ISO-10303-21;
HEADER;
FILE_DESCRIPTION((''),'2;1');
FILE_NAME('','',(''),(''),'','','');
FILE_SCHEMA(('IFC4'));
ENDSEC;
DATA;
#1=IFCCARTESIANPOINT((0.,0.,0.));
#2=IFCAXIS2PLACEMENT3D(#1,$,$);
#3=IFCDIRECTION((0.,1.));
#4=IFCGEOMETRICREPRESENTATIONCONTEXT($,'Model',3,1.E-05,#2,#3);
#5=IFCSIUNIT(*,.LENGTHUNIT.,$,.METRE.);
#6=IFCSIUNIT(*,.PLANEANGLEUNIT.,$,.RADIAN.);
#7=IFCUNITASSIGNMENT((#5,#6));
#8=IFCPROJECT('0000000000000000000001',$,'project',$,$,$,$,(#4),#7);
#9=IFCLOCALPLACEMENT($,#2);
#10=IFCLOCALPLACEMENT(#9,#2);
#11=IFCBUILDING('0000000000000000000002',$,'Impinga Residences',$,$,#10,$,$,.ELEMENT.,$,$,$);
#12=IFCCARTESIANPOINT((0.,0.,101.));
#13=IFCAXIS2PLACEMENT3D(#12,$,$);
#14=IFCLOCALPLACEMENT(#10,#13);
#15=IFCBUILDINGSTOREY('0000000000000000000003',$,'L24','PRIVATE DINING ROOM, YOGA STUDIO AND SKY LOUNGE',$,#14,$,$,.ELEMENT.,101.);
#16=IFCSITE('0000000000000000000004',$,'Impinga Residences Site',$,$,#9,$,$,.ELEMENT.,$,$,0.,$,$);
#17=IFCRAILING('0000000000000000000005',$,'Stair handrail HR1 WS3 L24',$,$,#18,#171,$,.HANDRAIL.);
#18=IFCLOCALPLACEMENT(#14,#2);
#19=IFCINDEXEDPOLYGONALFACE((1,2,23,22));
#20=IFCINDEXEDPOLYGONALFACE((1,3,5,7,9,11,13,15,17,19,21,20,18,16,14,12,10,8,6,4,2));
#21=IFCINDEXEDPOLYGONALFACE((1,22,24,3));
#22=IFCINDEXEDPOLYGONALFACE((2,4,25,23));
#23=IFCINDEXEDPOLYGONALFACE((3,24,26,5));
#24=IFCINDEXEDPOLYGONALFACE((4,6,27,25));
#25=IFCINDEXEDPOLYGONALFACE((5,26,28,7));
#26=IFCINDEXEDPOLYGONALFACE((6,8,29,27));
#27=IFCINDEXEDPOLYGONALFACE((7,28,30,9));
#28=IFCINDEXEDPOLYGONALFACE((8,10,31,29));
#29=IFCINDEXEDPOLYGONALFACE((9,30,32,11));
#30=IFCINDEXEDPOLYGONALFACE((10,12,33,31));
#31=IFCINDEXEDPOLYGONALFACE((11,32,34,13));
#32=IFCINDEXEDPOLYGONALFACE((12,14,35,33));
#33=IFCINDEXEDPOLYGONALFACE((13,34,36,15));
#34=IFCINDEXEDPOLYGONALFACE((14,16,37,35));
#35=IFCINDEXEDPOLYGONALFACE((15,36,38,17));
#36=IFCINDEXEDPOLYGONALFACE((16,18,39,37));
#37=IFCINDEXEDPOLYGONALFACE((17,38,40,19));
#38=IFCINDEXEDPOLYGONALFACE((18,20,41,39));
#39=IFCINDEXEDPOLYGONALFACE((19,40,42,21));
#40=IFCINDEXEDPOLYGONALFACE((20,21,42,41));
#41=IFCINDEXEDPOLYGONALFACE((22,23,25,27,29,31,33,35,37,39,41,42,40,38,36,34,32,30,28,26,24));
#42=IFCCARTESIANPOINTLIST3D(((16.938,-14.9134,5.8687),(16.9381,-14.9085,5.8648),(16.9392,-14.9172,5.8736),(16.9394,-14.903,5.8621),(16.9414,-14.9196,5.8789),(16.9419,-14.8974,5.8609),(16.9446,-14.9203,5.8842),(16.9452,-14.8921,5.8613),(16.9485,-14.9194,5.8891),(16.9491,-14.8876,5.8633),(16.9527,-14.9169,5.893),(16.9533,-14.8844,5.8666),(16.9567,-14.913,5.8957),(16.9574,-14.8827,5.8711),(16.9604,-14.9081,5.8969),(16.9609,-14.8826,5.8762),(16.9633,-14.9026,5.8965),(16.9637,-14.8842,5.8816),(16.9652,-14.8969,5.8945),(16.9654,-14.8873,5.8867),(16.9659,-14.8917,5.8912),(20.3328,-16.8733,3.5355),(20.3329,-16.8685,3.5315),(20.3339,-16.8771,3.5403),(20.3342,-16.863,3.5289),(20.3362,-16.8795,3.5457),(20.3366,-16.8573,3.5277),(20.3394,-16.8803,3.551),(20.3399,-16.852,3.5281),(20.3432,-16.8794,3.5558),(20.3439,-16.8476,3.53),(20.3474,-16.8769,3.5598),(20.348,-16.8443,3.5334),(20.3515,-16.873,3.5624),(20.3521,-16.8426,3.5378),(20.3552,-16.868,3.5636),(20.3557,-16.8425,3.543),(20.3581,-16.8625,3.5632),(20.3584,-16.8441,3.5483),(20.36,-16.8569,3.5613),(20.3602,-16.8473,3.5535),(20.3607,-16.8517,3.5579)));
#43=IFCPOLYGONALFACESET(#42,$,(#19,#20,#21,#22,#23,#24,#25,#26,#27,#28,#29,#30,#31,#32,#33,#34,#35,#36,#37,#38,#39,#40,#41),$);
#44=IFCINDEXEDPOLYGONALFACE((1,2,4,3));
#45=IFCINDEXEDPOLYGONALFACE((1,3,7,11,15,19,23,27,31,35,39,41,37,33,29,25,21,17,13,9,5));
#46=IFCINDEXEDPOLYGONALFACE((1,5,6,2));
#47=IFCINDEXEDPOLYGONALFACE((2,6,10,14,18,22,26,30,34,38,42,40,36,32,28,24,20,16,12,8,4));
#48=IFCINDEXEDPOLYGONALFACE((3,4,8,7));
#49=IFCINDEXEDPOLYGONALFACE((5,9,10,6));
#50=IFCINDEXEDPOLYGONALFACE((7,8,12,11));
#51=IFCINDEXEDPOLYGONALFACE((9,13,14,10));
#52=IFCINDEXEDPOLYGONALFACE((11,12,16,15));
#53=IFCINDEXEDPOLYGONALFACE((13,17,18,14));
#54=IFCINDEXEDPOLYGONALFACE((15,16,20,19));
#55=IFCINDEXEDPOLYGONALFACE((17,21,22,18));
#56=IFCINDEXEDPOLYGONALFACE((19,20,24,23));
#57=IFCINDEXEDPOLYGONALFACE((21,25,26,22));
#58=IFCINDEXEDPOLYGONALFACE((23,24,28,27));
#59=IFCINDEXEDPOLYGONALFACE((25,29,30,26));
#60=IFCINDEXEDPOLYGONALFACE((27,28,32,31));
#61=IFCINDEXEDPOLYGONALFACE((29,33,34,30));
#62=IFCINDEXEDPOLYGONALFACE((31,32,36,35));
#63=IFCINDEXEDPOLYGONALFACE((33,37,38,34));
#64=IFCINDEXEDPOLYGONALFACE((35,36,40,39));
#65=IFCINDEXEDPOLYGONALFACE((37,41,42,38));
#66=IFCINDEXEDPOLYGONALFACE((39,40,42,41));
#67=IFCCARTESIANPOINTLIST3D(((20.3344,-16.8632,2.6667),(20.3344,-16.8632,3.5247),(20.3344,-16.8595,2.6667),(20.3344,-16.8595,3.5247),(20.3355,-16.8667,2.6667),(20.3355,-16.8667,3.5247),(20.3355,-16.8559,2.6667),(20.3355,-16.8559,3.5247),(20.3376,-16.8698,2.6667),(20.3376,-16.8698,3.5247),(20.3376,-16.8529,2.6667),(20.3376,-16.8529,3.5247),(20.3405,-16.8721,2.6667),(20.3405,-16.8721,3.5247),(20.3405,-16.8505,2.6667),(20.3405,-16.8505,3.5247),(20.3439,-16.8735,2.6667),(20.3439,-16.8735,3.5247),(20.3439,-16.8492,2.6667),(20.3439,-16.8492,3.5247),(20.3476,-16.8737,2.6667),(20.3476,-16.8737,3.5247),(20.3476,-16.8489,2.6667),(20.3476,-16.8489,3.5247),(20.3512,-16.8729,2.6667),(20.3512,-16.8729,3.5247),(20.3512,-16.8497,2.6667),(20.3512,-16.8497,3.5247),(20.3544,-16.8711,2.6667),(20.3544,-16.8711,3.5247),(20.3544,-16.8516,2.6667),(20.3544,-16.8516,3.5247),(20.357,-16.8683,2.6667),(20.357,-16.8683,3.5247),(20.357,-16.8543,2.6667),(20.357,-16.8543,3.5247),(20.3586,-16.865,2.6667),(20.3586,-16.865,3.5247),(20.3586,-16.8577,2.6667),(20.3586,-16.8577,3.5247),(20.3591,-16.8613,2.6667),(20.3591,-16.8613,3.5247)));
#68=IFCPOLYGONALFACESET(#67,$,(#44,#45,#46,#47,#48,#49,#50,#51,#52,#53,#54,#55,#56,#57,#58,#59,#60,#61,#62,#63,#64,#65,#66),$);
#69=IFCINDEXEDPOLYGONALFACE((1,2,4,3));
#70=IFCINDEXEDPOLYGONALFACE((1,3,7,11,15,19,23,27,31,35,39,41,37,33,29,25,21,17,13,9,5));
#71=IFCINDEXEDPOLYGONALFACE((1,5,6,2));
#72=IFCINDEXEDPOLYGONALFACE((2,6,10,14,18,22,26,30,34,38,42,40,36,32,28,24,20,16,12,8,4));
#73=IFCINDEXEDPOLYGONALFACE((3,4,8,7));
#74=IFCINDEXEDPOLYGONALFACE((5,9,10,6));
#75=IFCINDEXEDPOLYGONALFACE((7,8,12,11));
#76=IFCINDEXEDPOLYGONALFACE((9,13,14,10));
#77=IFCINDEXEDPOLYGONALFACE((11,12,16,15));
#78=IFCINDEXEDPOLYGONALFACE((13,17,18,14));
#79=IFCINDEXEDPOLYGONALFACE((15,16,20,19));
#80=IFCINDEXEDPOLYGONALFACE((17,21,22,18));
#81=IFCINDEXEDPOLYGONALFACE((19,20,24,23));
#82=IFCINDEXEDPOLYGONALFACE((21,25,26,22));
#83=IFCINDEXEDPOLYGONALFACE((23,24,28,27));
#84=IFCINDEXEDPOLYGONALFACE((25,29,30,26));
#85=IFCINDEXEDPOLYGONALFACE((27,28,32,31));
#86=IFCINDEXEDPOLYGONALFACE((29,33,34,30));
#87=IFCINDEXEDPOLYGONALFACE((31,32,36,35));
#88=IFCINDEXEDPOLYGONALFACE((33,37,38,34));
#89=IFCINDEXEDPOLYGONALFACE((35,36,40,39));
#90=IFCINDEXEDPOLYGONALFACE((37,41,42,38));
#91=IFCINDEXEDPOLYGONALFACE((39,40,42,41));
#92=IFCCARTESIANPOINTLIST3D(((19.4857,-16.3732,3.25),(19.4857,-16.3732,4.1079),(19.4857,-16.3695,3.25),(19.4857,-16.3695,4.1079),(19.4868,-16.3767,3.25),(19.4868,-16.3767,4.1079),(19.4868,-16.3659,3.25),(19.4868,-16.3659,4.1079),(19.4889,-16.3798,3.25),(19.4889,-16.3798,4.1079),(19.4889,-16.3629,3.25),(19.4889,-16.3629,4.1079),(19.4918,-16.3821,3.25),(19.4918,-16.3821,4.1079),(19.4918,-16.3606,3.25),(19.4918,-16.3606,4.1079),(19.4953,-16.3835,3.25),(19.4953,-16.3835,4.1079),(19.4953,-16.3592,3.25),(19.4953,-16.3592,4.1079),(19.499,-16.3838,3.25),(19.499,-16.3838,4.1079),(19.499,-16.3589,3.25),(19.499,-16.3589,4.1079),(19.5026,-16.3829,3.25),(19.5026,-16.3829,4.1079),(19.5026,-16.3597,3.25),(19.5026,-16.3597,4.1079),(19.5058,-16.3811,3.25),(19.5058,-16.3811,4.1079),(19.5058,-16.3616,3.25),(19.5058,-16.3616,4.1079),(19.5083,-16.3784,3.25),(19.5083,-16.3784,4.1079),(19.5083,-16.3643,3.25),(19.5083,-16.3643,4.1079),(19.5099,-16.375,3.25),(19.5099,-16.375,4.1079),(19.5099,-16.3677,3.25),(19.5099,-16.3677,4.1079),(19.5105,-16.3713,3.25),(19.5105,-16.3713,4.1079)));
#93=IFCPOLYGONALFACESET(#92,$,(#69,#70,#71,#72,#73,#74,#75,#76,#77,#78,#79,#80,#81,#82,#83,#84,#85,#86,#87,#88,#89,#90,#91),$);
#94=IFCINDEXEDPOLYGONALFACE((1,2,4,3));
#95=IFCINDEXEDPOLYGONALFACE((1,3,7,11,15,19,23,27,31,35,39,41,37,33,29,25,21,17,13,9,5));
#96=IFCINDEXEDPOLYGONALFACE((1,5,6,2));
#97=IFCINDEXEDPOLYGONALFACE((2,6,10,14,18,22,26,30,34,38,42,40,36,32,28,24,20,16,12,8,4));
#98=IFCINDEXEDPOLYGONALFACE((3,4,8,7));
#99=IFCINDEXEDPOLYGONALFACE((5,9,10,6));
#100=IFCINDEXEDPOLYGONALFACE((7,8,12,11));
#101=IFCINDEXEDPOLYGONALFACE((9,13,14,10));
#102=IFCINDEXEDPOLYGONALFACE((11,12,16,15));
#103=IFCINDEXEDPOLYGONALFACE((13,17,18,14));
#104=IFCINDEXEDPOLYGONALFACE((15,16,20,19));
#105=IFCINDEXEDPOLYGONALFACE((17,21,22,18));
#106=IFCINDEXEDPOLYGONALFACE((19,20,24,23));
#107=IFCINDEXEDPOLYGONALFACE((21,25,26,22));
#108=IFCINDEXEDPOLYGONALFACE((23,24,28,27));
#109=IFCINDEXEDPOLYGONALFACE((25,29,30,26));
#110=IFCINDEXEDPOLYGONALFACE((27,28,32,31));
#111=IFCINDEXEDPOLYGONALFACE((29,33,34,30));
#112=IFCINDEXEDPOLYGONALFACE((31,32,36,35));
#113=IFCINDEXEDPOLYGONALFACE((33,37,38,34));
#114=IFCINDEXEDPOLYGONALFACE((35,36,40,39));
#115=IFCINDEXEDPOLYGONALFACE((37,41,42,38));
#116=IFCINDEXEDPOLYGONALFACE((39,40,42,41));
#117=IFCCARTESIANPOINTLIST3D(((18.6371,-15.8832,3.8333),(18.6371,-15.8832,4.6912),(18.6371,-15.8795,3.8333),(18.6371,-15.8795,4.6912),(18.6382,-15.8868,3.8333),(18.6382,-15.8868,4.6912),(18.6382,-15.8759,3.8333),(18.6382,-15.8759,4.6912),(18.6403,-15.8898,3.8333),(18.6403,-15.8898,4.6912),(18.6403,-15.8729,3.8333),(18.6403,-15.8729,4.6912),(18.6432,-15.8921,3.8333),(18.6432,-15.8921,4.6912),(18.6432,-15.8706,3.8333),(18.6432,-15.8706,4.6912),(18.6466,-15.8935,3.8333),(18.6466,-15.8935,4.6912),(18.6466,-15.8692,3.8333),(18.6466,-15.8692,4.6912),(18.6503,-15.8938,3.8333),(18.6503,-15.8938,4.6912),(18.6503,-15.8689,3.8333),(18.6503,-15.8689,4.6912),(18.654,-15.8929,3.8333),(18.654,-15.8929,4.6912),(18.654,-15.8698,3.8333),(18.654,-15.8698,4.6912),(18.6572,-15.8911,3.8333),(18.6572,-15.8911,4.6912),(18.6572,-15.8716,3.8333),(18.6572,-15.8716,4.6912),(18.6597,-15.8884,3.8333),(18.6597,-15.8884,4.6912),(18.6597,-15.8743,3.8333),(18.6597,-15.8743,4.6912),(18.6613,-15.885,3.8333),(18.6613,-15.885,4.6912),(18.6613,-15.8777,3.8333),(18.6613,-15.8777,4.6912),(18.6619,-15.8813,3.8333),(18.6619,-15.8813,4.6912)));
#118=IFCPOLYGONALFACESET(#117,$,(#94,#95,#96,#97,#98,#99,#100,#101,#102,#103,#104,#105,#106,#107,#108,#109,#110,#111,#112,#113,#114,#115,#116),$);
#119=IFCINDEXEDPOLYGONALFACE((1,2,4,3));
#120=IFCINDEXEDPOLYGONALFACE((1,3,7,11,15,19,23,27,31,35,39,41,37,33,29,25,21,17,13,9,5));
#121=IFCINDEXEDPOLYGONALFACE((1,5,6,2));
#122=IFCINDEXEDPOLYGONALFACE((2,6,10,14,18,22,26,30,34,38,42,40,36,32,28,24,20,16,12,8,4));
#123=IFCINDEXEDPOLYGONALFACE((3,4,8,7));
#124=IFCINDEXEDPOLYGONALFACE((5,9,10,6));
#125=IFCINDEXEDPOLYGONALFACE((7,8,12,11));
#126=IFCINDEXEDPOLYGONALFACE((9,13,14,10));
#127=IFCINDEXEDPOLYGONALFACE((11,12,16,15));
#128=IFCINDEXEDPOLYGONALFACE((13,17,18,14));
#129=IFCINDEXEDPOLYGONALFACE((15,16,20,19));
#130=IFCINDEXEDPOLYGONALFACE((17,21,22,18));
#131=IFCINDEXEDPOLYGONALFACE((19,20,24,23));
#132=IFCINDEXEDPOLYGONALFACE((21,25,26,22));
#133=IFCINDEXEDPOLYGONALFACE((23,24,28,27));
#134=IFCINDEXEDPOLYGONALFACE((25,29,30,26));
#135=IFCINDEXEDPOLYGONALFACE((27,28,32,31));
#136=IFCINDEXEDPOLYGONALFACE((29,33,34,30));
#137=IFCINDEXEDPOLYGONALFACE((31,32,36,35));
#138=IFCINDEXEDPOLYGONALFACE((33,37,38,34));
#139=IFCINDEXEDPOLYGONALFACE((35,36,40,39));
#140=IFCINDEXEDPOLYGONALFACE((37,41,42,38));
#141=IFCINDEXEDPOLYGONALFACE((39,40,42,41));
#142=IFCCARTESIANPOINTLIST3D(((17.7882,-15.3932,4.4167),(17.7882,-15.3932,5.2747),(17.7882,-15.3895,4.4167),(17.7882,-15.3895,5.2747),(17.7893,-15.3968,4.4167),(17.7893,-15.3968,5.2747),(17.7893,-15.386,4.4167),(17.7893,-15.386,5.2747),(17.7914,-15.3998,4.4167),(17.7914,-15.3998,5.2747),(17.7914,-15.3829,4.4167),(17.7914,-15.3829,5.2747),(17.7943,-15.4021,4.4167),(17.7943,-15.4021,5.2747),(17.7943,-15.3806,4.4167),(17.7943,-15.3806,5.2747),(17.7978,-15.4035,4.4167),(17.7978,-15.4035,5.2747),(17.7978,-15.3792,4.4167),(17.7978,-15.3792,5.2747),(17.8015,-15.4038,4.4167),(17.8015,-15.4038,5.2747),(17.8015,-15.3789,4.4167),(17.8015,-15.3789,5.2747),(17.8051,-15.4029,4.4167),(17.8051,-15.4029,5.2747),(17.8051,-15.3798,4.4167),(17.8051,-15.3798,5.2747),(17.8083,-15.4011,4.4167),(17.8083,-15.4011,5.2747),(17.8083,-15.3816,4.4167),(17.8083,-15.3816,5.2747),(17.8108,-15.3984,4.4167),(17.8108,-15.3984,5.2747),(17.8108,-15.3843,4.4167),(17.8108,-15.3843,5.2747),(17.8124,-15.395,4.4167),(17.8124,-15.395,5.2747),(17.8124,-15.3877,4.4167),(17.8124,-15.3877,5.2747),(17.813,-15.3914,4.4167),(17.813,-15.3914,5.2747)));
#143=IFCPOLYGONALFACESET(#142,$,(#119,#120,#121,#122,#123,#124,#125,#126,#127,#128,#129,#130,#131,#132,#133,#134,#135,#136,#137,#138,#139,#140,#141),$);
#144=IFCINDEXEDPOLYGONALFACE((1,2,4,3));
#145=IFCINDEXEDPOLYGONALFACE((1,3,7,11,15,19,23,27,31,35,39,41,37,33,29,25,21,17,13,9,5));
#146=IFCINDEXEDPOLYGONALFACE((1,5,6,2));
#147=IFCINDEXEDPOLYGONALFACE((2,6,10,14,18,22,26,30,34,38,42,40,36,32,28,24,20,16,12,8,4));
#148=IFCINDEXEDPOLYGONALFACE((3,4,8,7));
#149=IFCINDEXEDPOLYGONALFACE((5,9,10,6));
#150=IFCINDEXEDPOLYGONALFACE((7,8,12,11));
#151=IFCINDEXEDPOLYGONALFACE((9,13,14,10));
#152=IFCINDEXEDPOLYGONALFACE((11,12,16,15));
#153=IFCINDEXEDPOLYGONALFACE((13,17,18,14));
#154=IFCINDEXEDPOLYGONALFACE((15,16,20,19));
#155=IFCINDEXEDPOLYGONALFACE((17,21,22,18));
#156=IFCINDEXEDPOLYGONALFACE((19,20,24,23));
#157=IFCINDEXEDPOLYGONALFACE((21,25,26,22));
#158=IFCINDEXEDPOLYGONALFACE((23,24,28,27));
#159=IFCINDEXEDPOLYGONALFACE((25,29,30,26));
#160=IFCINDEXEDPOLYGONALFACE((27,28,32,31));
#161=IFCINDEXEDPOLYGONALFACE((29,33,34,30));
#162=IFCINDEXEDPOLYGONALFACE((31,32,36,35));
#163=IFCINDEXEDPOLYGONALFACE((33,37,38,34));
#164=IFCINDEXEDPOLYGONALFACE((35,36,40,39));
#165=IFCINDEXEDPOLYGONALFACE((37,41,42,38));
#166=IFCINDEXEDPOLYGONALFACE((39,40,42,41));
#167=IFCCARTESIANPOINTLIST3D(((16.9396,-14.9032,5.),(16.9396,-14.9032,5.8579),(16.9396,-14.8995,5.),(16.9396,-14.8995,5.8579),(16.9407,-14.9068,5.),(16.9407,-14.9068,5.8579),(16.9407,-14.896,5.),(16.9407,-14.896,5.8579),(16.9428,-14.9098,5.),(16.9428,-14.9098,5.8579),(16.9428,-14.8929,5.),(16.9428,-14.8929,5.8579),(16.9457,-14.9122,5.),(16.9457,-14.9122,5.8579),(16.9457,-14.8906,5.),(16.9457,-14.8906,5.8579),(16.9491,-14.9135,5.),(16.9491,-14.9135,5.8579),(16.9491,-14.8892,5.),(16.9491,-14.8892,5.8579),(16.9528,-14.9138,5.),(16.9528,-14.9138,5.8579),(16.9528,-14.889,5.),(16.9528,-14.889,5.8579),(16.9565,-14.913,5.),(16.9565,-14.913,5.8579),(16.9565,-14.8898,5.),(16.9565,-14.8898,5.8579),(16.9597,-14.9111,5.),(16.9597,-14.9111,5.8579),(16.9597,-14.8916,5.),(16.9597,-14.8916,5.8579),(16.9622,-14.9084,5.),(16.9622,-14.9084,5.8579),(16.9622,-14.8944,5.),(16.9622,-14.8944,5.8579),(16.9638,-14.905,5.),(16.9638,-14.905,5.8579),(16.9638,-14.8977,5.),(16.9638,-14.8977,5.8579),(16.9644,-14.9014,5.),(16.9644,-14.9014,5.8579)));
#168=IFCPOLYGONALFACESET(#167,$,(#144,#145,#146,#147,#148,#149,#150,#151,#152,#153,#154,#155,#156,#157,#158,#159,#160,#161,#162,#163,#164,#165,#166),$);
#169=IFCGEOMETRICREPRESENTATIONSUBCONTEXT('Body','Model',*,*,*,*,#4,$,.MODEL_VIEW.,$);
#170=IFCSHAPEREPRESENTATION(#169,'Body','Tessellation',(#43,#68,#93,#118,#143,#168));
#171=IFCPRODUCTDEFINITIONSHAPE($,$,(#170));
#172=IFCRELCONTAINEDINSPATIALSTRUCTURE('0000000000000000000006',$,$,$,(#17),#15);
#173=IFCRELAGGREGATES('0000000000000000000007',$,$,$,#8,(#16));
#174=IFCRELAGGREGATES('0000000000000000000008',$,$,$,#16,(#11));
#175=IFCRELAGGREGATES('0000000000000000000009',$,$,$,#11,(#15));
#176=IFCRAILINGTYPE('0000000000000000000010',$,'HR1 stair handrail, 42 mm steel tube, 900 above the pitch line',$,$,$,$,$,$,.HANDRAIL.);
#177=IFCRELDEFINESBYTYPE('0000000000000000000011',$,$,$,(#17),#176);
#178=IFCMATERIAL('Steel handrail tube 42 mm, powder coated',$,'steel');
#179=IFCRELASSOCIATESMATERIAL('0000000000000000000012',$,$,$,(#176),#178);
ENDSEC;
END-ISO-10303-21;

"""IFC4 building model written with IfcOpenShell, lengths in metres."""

from ifc_helpers import new_model, si_unit, direction, frame, origin, origin_2d, place, context, subcontext, project, spatial, circle, extrude, material, type_object, element, save


model = new_model("IFC4")

# Units and contexts
model_context = context("Model", 3, precision=1e-05, world=origin(), true_north=direction((0.0, 1.0)))
body_context = subcontext(model_context, "Body", "Model", "MODEL_VIEW")
ifc_project = project(units=[si_unit("LENGTHUNIT", "METRE"), si_unit("PLANEANGLEUNIT", "RADIAN")], contexts=[model_context])

# Site, building, storey
site_placement = place(None, origin())
site = spatial("IfcSite", under=ifc_project, at=site_placement, Name="Impinga Residences Site", CompositionType="ELEMENT", RefElevation=0.0)
building_placement = place(site_placement, origin())
building = spatial("IfcBuilding", under=site, at=building_placement, Name="Impinga Residences", CompositionType="ELEMENT")
storey_placement = place(building_placement, frame((0.0, 0.0, 101.0)))
storey = spatial("IfcBuildingStorey", under=building, at=storey_placement, Name="L24", Description="PRIVATE DINING ROOM, YOGA STUDIO AND SKY LOUNGE", CompositionType="ELEMENT", Elevation=101.0)

# Railing
ifc_material_1 = material(Name="Steel handrail tube 42 mm, powder coated", Category="steel")
railing_type_1 = type_object("IfcRailingType", Name="HR1 stair handrail, 42 mm steel tube, 900 above the pitch line", PredefinedType="HANDRAIL", material=ifc_material_1)
railing_1_placement = place(storey_placement, frame((20.3467, -16.8613, 2.6667)))
element("IfcRailing", 1, at=railing_1_placement, inside=storey, type_object=railing_type_1, Name="Stair handrail HR1 WS3 L24", PredefinedType="HANDRAIL", context=body_context, shape_type="SweptSolid", body=[
    extrude(circle(Radius=0.021, at=origin_2d()), frame((0.0, 0.0, 0.8789), z_axis=(-0.744175, 0.429646, 0.511476), x_axis=(-0.499997, -0.866027, 0.0)), (0.0, 0.0, 1.0), 4.5618),
    extrude(circle(Radius=0.0125, at=origin_2d()), origin(), (0.0, 0.0, 1.0), 0.8579),
    extrude(circle(Radius=0.0125, at=origin_2d()), frame((-0.8486, 0.49, 0.5833)), (0.0, 0.0, 1.0), 0.8579),
    extrude(circle(Radius=0.0125, at=origin_2d()), frame((-1.6973, 0.98, 1.1665)), (0.0, 0.0, 1.0), 0.8579),
    extrude(circle(Radius=0.0125, at=origin_2d()), frame((-2.5461, 1.47, 1.75)), (0.0, 0.0, 1.0), 0.8579),
    extrude(circle(Radius=0.0125, at=origin_2d()), frame((-3.3948, 1.96, 2.3333)), (0.0, 0.0, 1.0), 0.8579),
])

save(model, "model.ifc")
